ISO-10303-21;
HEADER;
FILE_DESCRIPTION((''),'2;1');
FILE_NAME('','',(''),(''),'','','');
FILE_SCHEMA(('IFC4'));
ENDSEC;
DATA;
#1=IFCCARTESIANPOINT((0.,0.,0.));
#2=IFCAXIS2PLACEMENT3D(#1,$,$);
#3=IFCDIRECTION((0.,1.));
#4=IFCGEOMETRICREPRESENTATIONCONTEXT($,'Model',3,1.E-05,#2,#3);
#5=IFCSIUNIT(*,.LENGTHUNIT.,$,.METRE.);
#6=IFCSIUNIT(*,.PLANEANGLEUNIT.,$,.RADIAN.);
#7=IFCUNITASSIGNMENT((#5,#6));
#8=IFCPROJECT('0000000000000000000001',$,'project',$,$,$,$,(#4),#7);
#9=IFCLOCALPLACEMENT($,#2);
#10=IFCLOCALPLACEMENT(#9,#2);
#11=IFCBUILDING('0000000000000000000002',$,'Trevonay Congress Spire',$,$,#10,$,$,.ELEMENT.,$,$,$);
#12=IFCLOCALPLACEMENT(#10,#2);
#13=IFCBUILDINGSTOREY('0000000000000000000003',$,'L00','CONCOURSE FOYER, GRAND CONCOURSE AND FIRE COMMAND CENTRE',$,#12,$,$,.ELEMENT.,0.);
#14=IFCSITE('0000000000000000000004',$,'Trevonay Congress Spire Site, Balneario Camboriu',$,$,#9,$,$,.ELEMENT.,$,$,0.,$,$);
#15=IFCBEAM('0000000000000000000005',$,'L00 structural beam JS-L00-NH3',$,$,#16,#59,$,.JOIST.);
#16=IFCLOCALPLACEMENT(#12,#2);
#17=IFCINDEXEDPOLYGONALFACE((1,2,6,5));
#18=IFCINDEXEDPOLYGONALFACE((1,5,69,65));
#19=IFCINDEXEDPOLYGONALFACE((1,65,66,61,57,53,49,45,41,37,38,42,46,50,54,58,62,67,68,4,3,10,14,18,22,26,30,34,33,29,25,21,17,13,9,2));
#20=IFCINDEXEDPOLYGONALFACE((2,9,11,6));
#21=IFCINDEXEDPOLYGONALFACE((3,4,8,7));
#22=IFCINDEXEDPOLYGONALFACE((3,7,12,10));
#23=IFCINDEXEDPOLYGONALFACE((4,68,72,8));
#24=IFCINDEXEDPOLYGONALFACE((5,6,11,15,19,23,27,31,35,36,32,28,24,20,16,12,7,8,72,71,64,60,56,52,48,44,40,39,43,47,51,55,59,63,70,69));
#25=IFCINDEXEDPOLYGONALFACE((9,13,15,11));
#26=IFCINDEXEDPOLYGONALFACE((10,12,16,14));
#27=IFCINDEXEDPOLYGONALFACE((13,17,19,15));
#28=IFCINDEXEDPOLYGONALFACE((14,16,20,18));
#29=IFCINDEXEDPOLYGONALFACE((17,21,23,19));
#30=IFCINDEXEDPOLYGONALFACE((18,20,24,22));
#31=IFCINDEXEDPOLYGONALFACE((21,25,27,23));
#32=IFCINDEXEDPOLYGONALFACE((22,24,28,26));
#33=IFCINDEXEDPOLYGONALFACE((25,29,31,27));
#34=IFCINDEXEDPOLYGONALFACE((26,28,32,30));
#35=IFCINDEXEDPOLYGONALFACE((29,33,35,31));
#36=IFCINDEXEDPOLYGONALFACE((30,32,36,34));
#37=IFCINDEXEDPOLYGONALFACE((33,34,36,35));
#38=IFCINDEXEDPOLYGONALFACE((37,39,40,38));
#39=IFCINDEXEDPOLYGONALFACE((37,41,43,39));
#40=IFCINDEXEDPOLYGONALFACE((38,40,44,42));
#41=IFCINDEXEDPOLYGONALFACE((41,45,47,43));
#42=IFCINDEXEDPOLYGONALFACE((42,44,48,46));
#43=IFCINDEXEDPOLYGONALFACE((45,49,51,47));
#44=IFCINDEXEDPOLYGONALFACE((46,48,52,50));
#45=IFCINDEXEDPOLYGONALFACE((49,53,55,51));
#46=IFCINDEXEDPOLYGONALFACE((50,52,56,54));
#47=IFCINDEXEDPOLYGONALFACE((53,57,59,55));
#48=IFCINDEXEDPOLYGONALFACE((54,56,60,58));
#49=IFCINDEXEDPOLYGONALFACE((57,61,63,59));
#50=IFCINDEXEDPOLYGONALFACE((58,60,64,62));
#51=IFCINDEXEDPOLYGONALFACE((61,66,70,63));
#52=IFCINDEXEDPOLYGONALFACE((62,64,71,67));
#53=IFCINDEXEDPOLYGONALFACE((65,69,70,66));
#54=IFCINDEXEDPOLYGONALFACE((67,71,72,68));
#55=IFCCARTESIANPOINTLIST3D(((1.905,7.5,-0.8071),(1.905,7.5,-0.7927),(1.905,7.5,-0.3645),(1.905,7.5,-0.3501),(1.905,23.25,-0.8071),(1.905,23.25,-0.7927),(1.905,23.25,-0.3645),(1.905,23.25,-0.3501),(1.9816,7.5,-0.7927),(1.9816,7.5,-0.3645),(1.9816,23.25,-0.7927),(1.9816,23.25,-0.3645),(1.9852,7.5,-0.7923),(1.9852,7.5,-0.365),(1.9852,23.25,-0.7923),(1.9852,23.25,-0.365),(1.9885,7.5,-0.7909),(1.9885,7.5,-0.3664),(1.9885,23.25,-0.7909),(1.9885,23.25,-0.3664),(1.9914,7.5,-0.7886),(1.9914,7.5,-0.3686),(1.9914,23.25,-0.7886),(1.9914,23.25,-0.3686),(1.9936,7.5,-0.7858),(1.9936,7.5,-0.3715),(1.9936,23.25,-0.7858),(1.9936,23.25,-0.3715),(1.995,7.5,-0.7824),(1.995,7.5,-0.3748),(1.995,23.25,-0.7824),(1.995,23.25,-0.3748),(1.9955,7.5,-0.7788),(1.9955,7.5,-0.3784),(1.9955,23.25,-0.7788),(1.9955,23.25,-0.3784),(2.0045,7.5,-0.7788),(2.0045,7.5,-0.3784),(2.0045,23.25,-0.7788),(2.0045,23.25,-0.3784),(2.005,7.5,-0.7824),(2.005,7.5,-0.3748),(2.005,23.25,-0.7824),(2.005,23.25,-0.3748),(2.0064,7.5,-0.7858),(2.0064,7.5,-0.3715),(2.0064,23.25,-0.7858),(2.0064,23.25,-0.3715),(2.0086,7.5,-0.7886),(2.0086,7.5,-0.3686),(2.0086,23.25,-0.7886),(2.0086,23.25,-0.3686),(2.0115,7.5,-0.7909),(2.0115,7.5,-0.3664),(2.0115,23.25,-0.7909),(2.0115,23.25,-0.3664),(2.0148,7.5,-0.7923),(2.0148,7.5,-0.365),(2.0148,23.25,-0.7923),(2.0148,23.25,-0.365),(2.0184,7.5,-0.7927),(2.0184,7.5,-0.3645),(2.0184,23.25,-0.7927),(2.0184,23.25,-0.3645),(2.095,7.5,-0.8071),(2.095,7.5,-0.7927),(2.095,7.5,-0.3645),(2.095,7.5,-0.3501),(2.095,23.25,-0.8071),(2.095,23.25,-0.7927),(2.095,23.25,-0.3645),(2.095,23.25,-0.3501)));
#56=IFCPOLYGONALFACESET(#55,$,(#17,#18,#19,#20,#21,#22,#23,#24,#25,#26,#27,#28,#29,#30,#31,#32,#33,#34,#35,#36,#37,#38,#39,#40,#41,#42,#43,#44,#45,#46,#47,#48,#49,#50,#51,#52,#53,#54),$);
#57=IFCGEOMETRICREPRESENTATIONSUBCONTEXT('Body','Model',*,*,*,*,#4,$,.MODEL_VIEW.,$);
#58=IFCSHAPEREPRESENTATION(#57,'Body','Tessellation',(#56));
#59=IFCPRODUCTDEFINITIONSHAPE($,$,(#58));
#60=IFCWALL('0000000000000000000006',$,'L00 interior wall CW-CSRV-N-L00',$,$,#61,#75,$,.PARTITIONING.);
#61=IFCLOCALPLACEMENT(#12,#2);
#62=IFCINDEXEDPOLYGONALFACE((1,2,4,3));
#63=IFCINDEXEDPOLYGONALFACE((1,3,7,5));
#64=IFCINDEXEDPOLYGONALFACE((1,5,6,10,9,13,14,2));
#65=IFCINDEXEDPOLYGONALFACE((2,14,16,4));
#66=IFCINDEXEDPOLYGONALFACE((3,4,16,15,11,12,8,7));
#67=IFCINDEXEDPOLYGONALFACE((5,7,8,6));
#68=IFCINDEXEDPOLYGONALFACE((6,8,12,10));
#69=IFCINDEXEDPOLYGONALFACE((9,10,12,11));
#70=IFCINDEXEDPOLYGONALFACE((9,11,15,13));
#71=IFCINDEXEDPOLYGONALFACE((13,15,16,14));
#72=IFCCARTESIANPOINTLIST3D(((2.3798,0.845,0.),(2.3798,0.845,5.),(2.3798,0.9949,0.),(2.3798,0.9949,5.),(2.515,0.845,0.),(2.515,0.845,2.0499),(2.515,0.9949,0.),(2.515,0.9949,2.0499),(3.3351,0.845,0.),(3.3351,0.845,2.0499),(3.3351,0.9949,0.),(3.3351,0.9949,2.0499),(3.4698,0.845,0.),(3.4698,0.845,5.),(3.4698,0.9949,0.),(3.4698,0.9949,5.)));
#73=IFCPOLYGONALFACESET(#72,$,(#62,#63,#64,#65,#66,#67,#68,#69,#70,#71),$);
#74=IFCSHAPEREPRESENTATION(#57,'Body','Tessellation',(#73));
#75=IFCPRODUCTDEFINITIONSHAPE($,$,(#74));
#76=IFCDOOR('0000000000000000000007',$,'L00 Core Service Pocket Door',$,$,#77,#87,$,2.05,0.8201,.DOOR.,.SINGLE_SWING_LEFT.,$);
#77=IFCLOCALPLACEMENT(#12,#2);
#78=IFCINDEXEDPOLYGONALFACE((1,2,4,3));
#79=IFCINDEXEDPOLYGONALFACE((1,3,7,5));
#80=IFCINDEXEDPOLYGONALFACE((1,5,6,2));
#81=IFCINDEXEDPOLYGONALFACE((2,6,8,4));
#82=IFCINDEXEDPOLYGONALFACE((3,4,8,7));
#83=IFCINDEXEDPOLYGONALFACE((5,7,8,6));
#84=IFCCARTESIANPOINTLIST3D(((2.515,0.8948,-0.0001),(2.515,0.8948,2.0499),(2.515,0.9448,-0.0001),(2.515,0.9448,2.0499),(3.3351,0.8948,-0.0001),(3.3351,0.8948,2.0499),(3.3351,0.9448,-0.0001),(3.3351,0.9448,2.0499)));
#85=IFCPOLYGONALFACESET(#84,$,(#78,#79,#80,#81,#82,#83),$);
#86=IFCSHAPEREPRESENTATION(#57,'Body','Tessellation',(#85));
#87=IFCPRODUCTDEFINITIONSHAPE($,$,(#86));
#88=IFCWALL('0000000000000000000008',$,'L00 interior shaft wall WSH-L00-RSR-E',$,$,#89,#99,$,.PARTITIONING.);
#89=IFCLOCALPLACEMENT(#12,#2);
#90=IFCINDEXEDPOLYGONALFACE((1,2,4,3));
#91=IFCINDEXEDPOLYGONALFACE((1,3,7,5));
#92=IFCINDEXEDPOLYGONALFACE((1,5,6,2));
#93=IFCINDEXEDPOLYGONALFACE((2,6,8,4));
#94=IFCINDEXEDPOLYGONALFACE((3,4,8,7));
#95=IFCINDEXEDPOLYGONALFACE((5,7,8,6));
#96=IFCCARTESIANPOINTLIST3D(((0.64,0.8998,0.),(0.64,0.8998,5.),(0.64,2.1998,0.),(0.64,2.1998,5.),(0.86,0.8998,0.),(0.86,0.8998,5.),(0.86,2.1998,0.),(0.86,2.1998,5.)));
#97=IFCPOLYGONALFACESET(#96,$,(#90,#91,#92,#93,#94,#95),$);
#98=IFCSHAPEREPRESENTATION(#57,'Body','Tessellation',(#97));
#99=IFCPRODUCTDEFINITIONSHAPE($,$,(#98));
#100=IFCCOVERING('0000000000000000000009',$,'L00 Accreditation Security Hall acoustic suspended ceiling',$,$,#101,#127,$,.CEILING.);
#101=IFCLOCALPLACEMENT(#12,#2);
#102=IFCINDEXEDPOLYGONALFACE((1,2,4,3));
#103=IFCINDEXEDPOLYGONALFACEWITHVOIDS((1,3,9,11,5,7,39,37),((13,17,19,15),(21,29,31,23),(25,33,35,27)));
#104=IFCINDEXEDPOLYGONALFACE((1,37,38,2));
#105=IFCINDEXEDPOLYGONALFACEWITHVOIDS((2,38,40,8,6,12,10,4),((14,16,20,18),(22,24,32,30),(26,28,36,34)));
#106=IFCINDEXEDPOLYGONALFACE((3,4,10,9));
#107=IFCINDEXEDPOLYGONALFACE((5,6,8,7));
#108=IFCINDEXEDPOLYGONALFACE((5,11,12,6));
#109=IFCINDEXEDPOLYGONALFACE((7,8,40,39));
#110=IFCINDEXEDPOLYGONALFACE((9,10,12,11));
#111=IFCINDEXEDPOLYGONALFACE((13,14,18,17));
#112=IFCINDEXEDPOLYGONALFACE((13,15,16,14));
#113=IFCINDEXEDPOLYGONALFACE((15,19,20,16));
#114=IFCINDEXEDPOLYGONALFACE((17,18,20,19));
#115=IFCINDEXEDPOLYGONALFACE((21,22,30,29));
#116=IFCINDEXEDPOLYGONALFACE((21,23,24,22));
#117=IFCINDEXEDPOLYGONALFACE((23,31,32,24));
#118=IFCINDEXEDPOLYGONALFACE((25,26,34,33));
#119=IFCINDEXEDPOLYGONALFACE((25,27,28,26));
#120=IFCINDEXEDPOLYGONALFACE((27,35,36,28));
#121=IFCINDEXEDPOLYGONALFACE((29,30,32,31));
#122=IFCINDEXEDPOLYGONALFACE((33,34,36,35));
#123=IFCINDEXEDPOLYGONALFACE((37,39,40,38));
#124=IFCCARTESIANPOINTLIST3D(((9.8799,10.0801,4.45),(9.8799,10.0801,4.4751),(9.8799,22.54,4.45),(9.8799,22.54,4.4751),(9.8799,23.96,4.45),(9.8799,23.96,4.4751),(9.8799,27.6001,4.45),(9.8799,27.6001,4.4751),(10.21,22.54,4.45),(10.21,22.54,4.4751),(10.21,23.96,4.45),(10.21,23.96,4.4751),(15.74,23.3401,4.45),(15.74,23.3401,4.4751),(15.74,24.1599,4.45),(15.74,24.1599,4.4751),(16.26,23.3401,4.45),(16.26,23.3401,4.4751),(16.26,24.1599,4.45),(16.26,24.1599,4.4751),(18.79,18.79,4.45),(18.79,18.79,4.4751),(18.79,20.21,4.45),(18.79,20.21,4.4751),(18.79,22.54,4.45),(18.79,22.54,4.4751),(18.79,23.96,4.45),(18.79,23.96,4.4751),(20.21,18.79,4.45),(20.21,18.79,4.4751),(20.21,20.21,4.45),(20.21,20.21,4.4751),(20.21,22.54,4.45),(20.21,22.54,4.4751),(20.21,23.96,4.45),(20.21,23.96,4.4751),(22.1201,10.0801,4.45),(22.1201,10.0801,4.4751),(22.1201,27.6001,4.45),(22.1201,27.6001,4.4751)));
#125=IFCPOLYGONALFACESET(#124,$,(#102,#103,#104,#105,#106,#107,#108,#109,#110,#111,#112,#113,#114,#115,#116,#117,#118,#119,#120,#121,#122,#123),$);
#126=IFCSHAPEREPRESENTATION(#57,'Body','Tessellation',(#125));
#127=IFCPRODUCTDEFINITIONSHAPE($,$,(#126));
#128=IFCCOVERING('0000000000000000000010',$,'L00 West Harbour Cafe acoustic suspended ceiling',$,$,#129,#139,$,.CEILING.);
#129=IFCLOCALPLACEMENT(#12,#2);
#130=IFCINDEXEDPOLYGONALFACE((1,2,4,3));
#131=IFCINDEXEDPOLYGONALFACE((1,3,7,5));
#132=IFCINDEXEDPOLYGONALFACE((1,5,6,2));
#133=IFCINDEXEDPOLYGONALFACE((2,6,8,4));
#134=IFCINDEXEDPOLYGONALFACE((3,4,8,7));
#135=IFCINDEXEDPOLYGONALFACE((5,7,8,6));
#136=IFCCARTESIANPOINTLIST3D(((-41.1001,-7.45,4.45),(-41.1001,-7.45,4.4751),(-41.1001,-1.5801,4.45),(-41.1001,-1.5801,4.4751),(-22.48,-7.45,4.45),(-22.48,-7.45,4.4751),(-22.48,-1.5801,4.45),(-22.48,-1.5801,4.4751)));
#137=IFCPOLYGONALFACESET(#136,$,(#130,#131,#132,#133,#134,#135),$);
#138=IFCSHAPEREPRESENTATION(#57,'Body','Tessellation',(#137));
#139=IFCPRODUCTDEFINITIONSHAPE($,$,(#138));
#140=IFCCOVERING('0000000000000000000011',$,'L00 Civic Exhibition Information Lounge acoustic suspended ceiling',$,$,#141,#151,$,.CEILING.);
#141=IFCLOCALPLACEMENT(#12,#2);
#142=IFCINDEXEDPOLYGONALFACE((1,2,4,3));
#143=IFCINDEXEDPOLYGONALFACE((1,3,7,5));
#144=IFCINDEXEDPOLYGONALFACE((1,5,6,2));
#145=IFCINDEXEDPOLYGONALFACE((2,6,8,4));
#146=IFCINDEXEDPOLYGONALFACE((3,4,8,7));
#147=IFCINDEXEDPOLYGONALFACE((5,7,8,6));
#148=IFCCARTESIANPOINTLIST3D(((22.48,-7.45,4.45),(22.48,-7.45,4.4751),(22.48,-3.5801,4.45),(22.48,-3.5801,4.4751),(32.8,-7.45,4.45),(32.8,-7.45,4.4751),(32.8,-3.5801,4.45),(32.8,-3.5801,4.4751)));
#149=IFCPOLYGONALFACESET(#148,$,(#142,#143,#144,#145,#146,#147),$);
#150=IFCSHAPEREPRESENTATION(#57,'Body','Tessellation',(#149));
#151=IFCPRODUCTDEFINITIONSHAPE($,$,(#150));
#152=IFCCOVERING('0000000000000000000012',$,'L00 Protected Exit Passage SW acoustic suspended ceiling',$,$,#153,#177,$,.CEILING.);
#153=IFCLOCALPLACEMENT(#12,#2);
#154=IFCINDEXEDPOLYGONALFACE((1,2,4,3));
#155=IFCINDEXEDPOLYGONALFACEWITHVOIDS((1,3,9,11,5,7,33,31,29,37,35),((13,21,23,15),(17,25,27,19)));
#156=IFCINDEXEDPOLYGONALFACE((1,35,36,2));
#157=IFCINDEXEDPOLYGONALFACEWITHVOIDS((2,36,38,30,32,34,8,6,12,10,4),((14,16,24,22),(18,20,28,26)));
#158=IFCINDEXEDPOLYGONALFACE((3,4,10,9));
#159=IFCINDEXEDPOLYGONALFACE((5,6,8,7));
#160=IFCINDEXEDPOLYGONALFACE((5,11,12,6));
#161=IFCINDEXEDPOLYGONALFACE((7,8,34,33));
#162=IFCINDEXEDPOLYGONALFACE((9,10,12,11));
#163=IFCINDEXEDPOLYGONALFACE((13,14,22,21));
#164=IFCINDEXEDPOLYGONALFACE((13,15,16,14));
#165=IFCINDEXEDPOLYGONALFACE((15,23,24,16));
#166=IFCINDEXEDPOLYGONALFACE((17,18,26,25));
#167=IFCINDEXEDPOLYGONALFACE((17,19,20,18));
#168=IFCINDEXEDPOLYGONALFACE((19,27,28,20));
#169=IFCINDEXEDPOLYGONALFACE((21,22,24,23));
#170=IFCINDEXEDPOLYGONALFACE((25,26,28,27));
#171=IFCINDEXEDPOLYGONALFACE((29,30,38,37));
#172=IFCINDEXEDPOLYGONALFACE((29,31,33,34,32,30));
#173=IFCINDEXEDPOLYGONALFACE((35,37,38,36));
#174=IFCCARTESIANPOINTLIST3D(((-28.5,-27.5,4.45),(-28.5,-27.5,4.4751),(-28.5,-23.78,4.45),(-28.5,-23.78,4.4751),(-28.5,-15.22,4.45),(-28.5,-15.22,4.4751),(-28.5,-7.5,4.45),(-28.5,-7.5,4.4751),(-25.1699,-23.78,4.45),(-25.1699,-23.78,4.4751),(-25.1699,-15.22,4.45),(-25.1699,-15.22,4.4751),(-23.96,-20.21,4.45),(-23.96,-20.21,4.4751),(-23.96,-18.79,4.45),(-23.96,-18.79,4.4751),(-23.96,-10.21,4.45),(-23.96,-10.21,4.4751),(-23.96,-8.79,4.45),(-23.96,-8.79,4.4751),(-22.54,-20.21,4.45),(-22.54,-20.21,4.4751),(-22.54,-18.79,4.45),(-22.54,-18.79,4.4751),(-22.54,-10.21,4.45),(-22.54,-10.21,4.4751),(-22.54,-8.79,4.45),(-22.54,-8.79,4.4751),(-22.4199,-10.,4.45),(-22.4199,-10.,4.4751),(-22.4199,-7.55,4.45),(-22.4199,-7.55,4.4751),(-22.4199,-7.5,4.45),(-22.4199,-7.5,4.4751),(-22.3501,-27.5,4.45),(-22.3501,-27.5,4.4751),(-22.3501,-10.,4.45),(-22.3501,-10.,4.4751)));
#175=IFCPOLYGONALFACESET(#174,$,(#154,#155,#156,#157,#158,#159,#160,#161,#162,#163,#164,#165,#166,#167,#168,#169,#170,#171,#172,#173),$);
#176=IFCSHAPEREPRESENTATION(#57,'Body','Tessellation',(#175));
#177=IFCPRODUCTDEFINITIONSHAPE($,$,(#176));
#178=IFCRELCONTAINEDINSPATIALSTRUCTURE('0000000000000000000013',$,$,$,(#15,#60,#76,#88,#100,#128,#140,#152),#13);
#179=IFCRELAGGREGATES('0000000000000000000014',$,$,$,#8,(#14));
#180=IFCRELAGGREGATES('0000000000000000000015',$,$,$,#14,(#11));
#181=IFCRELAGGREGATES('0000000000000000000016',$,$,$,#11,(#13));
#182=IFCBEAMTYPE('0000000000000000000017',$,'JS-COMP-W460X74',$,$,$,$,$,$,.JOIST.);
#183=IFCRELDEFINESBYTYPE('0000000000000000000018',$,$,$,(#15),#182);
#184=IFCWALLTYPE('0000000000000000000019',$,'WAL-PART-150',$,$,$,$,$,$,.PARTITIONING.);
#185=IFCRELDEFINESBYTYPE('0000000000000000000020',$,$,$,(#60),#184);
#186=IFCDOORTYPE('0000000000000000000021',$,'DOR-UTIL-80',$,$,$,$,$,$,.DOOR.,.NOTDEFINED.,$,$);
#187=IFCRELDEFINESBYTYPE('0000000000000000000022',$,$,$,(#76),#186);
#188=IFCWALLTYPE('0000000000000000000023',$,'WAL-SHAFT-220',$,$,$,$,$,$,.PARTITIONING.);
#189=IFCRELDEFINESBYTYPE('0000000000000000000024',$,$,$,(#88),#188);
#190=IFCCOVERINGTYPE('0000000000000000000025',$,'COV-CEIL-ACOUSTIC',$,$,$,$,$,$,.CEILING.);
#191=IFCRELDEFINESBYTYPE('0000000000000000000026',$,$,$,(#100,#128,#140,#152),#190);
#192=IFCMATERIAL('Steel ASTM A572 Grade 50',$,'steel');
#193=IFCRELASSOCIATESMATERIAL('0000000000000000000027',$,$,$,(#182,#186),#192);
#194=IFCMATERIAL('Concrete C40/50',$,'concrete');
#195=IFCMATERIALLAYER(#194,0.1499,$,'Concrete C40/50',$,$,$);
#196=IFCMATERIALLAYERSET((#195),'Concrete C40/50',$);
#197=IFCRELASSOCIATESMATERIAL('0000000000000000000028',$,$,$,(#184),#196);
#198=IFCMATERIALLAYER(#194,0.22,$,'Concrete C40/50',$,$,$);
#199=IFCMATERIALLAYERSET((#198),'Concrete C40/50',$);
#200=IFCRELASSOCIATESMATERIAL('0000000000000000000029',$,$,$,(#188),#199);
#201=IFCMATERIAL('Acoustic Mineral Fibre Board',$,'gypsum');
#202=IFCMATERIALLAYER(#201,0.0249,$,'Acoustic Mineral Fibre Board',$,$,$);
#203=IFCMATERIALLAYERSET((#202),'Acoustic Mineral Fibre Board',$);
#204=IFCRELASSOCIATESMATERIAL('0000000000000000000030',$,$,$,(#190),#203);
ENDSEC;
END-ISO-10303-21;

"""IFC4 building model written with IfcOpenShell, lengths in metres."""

from ifc_helpers import new_model, si_unit, direction, frame, frame_2d, origin, origin_2d, place, context, subcontext, project, spatial, polyline, rectangle, i_section, outline, extrude, material, layer, layer_set, material_profile, profile_set, type_object, element, fill, save


model = new_model("IFC4")

# Units and contexts
model_context = context("Model", 3, precision=1e-05, world=origin(), true_north=direction((0.0, 1.0)))
body_context = subcontext(model_context, "Body", "Model", "MODEL_VIEW")
ifc_project = project(units=[si_unit("LENGTHUNIT", "METRE"), si_unit("PLANEANGLEUNIT", "RADIAN")], contexts=[model_context])

# Site, building, storey
site_placement = place(None, origin())
site = spatial("IfcSite", under=ifc_project, at=site_placement, Name="Trevonay Congress Spire Site, Balneario Camboriu", CompositionType="ELEMENT", RefElevation=0.0)
building_placement = place(site_placement, origin())
building = spatial("IfcBuilding", under=site, at=building_placement, Name="Trevonay Congress Spire", CompositionType="ELEMENT")
storey_placement = place(building_placement, origin())
storey = spatial("IfcBuildingStorey", under=building, at=storey_placement, Name="L00", Description="CONCOURSE FOYER, GRAND CONCOURSE AND FIRE COMMAND CENTRE", CompositionType="ELEMENT", Elevation=0.0)

# Beam
ifc_material_1 = material(Name="Steel ASTM A572 Grade 50", Category="steel")
ifc_material_profile = material_profile(ifc_material_1, i_section(OverallWidth=0.1899, OverallDepth=0.457, WebThickness=0.009, FlangeThickness=0.0144, FilletRadius=0.0139, at=origin_2d()), Name="W460x74")
ifc_profile_set = profile_set([ifc_material_profile], Name="Steel ASTM A572 Grade 50")
beam_type = type_object("IfcBeamType", Name="JS-COMP-W460X74", PredefinedType="JOIST", material=ifc_profile_set)
beam_placement = place(storey_placement, frame((2.0, 7.5, -0.5786), z_axis=(0.0, 1.0, 0.0), x_axis=(-1.0, 0.0, 0.0)))
element("IfcBeam", 1, at=beam_placement, inside=storey, type_object=beam_type, Name="L00 structural beam JS-L00-NH3", PredefinedType="JOIST", context=body_context, shape_type="SweptSolid", body=[
    extrude(i_section(OverallWidth=0.1899, OverallDepth=0.457, WebThickness=0.009, FlangeThickness=0.0144, FilletRadius=0.0139, at=origin_2d()), origin(), (0.0, 0.0, 1.0), 15.75),
])

# Wall, opening, door
ifc_material_2 = material(Name="Concrete C40/50", Category="concrete")
ifc_layer_1 = layer(ifc_material_2, 0.1499, Name="Concrete C40/50")
ifc_layer_set_1 = layer_set([ifc_layer_1], Name="Concrete C40/50")
wall_type_1 = type_object("IfcWallType", Name="WAL-PART-150", PredefinedType="PARTITIONING", material=ifc_layer_set_1)
wall_1_placement = place(storey_placement, frame((2.3799, 0.9199, 0.0), z_axis=(0.0, 0.0, 1.0), x_axis=(1.0, 0.0, 0.0)))
wall_1 = element("IfcWall", 2, at=wall_1_placement, inside=storey, type_object=wall_type_1, Name="L00 interior wall CW-CSRV-N-L00", PredefinedType="PARTITIONING", context=body_context, shape_type="SweptSolid", body=[
    extrude(rectangle(XDim=1.0901, YDim=0.1499, at=frame_2d((0.5449, 0.0))), origin(), (0.0, 0.0, 1.0), 5.0),
])
opening_placement = place(wall_1_placement, frame((0.135, 0.0, 0.0)))
opening = element("IfcOpeningElement", 3, at=opening_placement, cuts=wall_1, PredefinedType="OPENING", context=body_context, shape_type="SweptSolid", body=[
    extrude(rectangle(XDim=0.8201, YDim=2.05, at=frame_2d((0.4102, 1.0249))), frame((0.0, 0.085, 0.0), z_axis=(0.0, -1.0, 0.0), x_axis=(1.0, 0.0, 0.0)), (0.0, 0.0, 1.0), 0.1699),
])
door_type = type_object("IfcDoorType", Name="DOR-UTIL-80", OperationType="NOTDEFINED", PredefinedType="DOOR", material=ifc_material_1)
door_placement = place(opening_placement, origin())
door = element("IfcDoor", 4, at=door_placement, inside=storey, type_object=door_type, Name="L00 Core Service Pocket Door", OperationType="SINGLE_SWING_LEFT", OverallHeight=2.05, OverallWidth=0.8201, PredefinedType="DOOR", context=body_context, shape_type="SweptSolid", body=[
    extrude(rectangle(XDim=0.8201, YDim=2.05, at=frame_2d((0.4102, 1.0249))), frame((0.0, 0.0249, 0.0), z_axis=(0.0, -1.0, 0.0), x_axis=(1.0, 0.0, 0.0)), (0.0, 0.0, 1.0), 0.05),
])
fill(opening, door)

# Wall
ifc_layer_2 = layer(ifc_material_2, 0.22, Name="Concrete C40/50")
ifc_layer_set_2 = layer_set([ifc_layer_2], Name="Concrete C40/50")
wall_type_2 = type_object("IfcWallType", Name="WAL-SHAFT-220", PredefinedType="PARTITIONING", material=ifc_layer_set_2)
wall_2_placement = place(storey_placement, frame((0.75, 0.8999, 0.0), z_axis=(0.0, 0.0, 1.0), x_axis=(0.0, 1.0, 0.0)))
element("IfcWall", 5, at=wall_2_placement, inside=storey, type_object=wall_type_2, Name="L00 interior shaft wall WSH-L00-RSR-E", PredefinedType="PARTITIONING", context=body_context, shape_type="SweptSolid", body=[
    extrude(rectangle(XDim=1.3, YDim=0.22, at=frame_2d((0.6499, 0.0))), origin(), (0.0, 0.0, 1.0), 5.0),
])

# Coverings
ifc_material_3 = material(Name="Acoustic Mineral Fibre Board", Category="gypsum")
ifc_layer_3 = layer(ifc_material_3, 0.0249, Name="Acoustic Mineral Fibre Board")
ifc_layer_set_3 = layer_set([ifc_layer_3], Name="Acoustic Mineral Fibre Board")
covering_type_1 = type_object("IfcCoveringType", Name="COV-CEIL-ACOUSTIC", PredefinedType="CEILING", material=ifc_layer_set_3)
covering_1_placement = place(storey_placement, frame((0.0, 0.0, 4.45)))
element("IfcCovering", 6, at=covering_1_placement, inside=storey, type_object=covering_type_1, Name="L00 Accreditation Security Hall acoustic suspended ceiling", PredefinedType="CEILING", context=body_context, shape_type="SweptSolid", body=[
    extrude(outline(polyline([(9.8799, 27.6001), (22.1201, 27.6001), (22.1201, 10.0801), (9.8799, 10.0801), (9.8799, 22.54), (10.21, 22.54), (10.21, 23.96), (9.8799, 23.96), (9.8799, 27.6001)]), holes=[polyline([(18.79, 20.21), (18.79, 18.79), (20.21, 18.79), (20.21, 20.21), (18.79, 20.21)]), polyline([(18.79, 23.96), (18.79, 22.54), (20.21, 22.54), (20.21, 23.96), (18.79, 23.96)]), polyline([(15.74, 24.1599), (15.74, 23.3401), (16.26, 23.3401), (16.26, 24.1599), (15.74, 24.1599)])]), origin(), (0.0, 0.0, 1.0), 0.0251),
])
covering_2_placement = place(storey_placement, frame((0.0, 0.0, 4.45)))
element("IfcCovering", 7, at=covering_2_placement, inside=storey, type_object=covering_type_1, Name="L00 West Harbour Cafe acoustic suspended ceiling", PredefinedType="CEILING", context=body_context, shape_type="SweptSolid", body=[
    extrude(outline(polyline([(-41.1001, -7.45), (-22.48, -7.45), (-22.48, -1.5801), (-41.1001, -1.5801), (-41.1001, -7.45)])), origin(), (0.0, 0.0, 1.0), 0.0251),
])
covering_3_placement = place(storey_placement, frame((0.0, 0.0, 4.45)))
element("IfcCovering", 8, at=covering_3_placement, inside=storey, type_object=covering_type_1, Name="L00 Civic Exhibition Information Lounge acoustic suspended ceiling", PredefinedType="CEILING", context=body_context, shape_type="SweptSolid", body=[
    extrude(outline(polyline([(22.48, -7.45), (32.8, -7.45), (32.8, -3.5801), (22.48, -3.5801), (22.48, -7.45)])), origin(), (0.0, 0.0, 1.0), 0.0251),
])
covering_4_placement = place(storey_placement, frame((0.0, 0.0, 4.45)))
element("IfcCovering", 9, at=covering_4_placement, inside=storey, type_object=covering_type_1, Name="L00 Protected Exit Passage SW acoustic suspended ceiling", PredefinedType="CEILING", context=body_context, shape_type="SweptSolid", body=[
    extrude(outline(polyline([(-28.5, -15.22), (-28.5, -7.5), (-22.4199, -7.5), (-22.4199, -7.55), (-22.4199, -10.0), (-22.3501, -10.0), (-22.3501, -27.5), (-28.5, -27.5), (-28.5, -23.78), (-25.1699, -23.78), (-25.1699, -15.22), (-28.5, -15.22)]), holes=[polyline([(-22.54, -20.21), (-22.54, -18.79), (-23.96, -18.79), (-23.96, -20.21), (-22.54, -20.21)]), polyline([(-22.54, -10.21), (-22.54, -8.79), (-23.96, -8.79), (-23.96, -10.21), (-22.54, -10.21)])]), origin(), (0.0, 0.0, 1.0), 0.0251),
])

save(model, "model.ifc")
